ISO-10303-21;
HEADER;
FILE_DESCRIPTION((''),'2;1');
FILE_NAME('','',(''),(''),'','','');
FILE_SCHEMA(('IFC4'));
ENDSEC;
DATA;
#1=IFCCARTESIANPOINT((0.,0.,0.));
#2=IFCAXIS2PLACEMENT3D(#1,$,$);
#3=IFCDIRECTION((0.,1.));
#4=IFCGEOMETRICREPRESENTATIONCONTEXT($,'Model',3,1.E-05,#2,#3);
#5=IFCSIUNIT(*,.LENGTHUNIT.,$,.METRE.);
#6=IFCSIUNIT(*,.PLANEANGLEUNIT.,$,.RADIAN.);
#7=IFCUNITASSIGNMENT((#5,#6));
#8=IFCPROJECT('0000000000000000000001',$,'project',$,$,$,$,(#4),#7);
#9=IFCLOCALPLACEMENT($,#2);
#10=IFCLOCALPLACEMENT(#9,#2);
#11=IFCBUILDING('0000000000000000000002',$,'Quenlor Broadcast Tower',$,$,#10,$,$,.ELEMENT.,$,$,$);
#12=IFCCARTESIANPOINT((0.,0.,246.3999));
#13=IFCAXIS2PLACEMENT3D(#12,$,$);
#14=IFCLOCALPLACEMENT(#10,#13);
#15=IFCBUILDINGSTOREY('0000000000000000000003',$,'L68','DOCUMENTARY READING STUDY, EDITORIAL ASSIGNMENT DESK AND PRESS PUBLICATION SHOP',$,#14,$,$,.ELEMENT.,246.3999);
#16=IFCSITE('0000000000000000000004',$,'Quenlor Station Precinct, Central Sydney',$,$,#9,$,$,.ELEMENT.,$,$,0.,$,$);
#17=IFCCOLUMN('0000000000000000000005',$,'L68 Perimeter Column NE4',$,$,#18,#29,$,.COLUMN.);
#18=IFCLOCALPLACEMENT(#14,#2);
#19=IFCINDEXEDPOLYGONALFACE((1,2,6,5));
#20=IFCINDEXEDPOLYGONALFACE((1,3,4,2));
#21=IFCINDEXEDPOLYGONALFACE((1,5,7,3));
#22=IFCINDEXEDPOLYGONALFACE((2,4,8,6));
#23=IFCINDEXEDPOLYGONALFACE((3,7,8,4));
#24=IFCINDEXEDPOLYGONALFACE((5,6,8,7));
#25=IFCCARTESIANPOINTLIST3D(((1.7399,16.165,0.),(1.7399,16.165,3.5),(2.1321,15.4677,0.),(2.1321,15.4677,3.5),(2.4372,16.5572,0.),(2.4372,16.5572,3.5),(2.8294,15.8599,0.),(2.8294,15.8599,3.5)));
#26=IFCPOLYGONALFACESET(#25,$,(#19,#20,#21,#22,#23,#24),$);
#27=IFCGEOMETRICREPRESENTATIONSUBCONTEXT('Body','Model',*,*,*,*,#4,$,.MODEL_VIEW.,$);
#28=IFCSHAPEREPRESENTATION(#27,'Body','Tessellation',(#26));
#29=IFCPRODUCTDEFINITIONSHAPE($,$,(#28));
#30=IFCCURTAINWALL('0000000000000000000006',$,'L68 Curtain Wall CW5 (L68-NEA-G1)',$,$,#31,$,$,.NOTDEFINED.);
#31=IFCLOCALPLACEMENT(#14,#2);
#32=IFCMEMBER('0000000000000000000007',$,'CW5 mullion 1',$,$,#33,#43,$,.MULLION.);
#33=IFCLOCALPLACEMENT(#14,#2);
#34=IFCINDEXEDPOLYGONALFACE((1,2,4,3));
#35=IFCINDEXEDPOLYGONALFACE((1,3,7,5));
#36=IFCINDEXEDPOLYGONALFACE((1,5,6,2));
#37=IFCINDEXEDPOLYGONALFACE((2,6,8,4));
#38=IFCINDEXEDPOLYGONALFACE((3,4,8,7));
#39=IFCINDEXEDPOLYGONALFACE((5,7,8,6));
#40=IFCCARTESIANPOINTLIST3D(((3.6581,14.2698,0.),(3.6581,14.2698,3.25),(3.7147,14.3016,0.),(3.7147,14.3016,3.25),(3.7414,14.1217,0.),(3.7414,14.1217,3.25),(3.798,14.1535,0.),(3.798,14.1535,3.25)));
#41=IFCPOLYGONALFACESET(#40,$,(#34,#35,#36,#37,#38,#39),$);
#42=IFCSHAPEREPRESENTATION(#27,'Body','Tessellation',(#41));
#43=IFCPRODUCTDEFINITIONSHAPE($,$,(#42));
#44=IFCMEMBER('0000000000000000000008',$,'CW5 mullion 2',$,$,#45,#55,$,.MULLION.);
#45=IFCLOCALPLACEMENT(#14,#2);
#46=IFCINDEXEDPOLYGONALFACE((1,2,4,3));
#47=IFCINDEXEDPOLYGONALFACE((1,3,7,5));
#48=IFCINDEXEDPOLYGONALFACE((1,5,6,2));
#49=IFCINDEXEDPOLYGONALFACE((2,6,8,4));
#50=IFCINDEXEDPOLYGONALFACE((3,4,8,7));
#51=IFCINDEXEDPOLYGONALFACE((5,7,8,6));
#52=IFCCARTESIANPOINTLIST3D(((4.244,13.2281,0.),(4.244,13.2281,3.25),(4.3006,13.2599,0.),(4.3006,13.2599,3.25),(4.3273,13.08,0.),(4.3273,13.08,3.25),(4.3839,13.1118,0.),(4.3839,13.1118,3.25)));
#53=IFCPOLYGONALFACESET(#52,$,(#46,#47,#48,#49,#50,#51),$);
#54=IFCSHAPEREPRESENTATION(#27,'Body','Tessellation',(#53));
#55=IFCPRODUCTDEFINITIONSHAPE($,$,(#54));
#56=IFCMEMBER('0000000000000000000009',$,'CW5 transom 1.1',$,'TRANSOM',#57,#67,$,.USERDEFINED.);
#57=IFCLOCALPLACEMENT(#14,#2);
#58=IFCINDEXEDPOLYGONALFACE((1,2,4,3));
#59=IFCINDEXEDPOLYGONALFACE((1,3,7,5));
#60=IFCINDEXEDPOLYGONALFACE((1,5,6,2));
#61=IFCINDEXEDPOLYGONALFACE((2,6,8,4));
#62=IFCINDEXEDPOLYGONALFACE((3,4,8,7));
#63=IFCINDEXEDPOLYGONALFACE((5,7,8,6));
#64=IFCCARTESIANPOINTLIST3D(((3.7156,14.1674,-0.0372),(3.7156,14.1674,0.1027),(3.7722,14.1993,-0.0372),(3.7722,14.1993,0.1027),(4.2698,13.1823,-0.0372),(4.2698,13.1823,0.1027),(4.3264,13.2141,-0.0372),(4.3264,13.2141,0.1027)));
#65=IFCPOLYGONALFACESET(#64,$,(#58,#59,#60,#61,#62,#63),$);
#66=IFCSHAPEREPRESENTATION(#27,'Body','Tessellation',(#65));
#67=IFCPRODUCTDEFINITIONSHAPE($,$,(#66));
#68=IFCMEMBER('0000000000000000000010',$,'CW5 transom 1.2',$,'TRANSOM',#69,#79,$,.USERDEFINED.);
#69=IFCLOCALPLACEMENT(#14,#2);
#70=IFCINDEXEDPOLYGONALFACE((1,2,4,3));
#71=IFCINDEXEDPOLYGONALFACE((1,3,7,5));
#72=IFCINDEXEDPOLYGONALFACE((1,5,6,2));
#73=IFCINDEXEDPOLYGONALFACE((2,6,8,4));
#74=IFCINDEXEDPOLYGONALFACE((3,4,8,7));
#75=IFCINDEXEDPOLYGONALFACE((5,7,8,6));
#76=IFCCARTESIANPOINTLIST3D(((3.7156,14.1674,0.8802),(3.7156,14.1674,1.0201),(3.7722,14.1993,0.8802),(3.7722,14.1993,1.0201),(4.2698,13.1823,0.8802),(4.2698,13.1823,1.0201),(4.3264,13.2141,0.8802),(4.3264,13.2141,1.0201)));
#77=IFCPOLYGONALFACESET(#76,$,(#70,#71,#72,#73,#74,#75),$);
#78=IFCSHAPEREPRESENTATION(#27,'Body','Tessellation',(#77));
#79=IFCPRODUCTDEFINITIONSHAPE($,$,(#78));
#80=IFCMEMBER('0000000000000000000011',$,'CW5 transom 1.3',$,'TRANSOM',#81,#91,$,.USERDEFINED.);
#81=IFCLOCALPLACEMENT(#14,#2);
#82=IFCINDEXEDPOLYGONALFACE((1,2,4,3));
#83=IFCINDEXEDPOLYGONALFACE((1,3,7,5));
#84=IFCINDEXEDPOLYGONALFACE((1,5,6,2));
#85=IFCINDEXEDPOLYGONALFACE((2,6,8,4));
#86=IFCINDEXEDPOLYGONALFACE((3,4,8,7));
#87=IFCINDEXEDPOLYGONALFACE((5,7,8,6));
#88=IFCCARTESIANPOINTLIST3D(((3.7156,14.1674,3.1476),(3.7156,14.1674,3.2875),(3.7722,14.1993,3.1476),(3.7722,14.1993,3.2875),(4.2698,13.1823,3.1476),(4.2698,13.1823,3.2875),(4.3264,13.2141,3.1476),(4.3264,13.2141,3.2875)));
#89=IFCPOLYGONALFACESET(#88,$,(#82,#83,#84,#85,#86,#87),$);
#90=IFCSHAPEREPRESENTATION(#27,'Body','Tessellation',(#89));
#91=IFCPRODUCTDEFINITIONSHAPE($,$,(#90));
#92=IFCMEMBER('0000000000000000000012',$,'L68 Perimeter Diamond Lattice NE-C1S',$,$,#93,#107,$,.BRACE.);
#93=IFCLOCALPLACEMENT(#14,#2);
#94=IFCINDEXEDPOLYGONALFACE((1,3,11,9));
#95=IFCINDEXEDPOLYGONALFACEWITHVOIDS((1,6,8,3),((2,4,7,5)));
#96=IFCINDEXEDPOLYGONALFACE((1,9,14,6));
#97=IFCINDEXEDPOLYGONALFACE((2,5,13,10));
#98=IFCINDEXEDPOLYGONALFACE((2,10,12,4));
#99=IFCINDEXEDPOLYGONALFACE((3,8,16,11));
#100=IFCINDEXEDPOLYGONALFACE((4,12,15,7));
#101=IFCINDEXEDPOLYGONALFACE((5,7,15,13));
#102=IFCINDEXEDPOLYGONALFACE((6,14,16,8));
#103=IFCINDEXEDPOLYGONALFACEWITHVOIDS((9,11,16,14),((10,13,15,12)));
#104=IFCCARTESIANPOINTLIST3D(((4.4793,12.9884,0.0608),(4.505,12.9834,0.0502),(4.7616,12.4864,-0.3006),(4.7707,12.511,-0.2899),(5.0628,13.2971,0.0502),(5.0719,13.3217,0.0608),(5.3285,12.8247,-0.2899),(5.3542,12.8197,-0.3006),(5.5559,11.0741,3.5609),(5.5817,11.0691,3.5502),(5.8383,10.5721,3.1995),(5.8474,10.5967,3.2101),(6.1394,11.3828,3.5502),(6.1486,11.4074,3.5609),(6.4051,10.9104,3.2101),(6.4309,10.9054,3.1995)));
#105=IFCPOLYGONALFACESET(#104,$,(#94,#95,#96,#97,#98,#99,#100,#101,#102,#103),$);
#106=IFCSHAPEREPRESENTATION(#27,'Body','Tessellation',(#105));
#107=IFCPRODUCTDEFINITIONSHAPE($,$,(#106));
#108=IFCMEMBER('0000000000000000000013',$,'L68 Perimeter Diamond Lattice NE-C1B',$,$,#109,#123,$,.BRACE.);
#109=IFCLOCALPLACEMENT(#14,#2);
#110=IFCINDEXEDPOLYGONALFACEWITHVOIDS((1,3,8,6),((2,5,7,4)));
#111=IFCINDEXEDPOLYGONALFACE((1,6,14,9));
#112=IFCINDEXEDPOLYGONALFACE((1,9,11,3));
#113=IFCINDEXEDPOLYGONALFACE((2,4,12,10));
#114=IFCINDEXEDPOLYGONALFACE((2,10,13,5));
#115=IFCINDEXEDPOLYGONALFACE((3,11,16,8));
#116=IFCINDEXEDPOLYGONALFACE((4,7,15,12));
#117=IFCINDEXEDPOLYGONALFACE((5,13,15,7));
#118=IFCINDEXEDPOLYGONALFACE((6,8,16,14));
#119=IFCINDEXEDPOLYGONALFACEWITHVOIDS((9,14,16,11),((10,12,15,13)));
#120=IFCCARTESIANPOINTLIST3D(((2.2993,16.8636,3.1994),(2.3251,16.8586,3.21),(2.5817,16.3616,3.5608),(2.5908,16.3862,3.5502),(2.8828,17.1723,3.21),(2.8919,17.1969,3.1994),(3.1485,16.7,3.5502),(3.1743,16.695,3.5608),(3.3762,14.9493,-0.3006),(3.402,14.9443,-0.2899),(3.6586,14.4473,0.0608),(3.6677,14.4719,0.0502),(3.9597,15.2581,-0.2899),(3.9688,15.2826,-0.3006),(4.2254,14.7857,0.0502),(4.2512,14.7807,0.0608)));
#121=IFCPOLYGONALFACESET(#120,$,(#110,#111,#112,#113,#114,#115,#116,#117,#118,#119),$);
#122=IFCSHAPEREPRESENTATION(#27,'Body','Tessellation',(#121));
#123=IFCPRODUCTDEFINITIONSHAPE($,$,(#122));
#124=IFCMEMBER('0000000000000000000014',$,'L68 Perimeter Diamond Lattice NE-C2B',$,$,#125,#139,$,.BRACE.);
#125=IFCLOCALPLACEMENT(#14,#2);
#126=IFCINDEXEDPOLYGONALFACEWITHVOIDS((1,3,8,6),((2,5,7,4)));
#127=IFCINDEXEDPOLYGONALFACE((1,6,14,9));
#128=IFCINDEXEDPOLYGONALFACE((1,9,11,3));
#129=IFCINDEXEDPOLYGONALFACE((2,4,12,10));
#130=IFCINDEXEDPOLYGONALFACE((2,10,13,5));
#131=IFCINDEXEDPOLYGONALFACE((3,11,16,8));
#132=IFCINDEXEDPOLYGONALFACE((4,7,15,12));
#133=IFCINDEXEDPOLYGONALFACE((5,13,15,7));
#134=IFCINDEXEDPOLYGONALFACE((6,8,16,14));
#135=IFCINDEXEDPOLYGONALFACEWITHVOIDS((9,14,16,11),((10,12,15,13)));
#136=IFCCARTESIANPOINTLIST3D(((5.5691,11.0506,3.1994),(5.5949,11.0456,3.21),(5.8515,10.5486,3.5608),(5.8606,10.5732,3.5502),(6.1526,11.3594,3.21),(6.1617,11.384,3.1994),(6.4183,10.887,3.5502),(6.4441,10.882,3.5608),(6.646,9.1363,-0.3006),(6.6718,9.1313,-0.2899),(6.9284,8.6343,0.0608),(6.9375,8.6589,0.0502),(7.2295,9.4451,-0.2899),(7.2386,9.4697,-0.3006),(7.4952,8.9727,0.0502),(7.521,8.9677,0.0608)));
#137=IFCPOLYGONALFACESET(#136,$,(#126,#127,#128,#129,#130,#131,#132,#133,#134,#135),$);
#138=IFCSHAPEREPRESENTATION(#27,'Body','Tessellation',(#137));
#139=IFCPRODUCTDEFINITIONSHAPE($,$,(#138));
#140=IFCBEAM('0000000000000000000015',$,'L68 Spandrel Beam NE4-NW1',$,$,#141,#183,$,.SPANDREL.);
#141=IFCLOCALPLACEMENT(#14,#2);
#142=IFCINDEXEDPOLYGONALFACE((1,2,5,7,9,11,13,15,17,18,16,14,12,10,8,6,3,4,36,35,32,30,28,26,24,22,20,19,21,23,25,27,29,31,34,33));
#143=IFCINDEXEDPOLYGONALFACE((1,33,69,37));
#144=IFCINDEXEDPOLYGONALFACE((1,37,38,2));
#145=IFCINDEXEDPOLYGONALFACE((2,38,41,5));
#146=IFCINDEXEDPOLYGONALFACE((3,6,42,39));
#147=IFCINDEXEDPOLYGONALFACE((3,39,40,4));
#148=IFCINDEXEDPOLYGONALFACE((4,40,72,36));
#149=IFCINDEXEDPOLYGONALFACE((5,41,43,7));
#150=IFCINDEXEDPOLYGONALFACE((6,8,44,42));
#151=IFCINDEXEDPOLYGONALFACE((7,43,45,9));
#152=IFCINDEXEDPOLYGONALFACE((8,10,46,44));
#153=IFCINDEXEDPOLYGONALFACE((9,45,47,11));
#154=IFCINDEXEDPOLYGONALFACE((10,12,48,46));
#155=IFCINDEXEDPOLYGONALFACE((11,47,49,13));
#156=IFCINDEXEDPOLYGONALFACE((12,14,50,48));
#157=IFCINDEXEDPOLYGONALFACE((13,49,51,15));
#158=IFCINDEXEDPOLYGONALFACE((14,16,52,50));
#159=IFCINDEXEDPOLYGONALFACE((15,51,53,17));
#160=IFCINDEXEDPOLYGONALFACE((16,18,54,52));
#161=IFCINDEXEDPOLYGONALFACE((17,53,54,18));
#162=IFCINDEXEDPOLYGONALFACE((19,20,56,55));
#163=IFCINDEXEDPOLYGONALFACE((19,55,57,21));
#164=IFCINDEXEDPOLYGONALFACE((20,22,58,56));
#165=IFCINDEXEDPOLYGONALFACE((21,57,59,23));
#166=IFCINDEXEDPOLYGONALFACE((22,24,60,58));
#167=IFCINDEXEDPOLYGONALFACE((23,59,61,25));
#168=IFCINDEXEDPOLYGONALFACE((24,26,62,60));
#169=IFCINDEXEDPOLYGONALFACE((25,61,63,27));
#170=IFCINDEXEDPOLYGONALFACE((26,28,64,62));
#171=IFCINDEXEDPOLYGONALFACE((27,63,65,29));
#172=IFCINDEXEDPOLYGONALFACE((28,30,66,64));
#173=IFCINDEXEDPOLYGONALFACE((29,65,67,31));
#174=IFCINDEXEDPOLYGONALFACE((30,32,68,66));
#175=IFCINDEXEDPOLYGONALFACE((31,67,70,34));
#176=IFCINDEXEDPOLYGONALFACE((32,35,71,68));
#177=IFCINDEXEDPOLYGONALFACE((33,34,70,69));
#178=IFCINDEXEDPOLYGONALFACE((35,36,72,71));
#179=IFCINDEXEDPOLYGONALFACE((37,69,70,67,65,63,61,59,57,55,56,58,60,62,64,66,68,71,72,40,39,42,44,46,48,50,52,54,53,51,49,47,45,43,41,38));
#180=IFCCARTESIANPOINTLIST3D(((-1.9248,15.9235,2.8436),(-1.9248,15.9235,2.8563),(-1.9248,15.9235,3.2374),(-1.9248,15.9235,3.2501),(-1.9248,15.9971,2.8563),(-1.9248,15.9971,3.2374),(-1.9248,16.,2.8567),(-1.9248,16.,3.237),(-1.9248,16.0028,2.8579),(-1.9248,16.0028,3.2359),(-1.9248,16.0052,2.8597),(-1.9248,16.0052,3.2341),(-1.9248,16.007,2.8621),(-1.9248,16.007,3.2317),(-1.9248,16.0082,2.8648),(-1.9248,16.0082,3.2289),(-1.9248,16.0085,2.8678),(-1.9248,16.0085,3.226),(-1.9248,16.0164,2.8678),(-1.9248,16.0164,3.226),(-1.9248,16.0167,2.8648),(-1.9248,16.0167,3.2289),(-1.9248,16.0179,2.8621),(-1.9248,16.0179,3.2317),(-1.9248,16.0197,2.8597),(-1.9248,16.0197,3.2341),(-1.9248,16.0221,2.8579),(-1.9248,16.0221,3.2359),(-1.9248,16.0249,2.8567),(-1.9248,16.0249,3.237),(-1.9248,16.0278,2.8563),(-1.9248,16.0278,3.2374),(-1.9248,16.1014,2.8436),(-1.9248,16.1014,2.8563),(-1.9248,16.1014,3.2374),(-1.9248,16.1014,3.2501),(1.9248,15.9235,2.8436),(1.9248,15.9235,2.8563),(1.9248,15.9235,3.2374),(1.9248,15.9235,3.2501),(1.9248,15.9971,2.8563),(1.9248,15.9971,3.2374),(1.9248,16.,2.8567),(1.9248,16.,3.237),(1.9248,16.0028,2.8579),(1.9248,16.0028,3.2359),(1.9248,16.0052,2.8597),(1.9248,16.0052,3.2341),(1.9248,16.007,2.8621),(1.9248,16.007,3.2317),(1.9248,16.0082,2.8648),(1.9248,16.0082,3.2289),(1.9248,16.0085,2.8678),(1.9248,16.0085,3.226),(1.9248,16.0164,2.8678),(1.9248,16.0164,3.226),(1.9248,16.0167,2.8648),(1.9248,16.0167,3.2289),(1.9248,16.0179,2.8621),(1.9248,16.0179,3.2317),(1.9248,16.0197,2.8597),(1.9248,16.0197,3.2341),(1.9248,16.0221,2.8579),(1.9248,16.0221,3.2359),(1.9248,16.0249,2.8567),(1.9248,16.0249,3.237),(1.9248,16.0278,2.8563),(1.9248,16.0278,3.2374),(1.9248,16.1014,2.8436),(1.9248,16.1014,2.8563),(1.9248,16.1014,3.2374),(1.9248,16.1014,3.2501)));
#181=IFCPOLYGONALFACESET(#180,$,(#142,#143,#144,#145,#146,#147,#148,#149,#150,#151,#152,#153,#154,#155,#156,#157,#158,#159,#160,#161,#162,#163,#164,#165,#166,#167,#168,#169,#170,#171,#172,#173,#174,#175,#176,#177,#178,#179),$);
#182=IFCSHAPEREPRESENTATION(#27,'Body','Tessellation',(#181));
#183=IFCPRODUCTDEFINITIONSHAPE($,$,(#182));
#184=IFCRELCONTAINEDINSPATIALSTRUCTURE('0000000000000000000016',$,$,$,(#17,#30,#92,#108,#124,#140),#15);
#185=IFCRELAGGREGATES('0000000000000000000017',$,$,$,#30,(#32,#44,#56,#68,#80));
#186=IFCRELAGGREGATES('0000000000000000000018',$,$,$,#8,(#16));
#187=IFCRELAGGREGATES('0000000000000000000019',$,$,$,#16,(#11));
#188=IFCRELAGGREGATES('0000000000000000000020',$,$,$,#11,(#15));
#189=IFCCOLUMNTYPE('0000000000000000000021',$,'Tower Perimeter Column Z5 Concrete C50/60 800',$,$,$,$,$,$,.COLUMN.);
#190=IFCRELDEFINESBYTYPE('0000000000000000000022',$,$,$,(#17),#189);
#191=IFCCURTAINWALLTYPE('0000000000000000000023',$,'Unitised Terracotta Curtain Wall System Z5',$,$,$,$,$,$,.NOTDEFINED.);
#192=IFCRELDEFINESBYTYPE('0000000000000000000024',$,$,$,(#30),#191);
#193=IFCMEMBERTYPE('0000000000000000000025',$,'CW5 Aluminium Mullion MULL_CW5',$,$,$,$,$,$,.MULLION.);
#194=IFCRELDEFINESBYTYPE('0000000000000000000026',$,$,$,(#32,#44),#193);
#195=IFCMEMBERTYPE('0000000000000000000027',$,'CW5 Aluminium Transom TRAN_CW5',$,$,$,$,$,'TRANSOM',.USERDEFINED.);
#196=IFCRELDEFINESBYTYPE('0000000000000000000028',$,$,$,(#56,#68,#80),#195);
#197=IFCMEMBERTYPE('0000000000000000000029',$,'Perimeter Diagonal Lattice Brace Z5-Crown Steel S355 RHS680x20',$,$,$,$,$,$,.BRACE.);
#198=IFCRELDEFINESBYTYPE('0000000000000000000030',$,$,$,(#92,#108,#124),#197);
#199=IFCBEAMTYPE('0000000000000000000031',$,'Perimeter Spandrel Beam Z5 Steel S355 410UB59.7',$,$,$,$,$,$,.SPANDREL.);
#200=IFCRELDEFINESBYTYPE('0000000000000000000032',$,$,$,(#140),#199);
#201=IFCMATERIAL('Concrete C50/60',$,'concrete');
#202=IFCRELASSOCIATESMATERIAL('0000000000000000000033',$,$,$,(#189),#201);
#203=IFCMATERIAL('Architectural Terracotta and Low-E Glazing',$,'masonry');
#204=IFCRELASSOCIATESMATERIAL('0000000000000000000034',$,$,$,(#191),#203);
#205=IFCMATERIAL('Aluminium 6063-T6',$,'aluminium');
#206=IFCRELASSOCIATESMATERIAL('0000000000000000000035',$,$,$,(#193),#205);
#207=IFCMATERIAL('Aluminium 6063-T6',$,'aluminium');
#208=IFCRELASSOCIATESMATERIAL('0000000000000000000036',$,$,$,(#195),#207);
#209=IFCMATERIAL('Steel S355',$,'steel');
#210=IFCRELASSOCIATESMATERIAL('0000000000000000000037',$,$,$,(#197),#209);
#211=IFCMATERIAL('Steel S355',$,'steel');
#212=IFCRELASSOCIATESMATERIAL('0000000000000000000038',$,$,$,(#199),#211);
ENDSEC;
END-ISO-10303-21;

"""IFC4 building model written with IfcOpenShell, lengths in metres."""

from ifc_helpers import new_model, si_unit, direction, frame, origin, origin_2d, place, context, subcontext, project, spatial, rectangle, hollow_rectangle, i_section, extrude, material, material_profile, profile_set, type_object, element, aggregate, save


model = new_model("IFC4")

# Units and contexts
model_context = context("Model", 3, precision=1e-05, world=origin(), true_north=direction((0.0, 1.0)))
body_context = subcontext(model_context, "Body", "Model", "MODEL_VIEW")
ifc_project = project(units=[si_unit("LENGTHUNIT", "METRE"), si_unit("PLANEANGLEUNIT", "RADIAN")], contexts=[model_context])

# Site, building, storey
site_placement = place(None, origin())
site = spatial("IfcSite", under=ifc_project, at=site_placement, Name="Quenlor Station Precinct, Central Sydney", CompositionType="ELEMENT", RefElevation=0.0)
building_placement = place(site_placement, origin())
building = spatial("IfcBuilding", under=site, at=building_placement, Name="Quenlor Broadcast Tower", CompositionType="ELEMENT")
storey_placement = place(building_placement, frame((0.0, 0.0, 246.3999)))
storey = spatial("IfcBuildingStorey", under=building, at=storey_placement, Name="L68", Description="DOCUMENTARY READING STUDY, EDITORIAL ASSIGNMENT DESK AND PRESS PUBLICATION SHOP", CompositionType="ELEMENT", Elevation=246.3999)

# Column
ifc_material_1 = material(Name="Concrete C50/60", Category="concrete")
ifc_material_profile_1 = material_profile(ifc_material_1, rectangle(XDim=0.8, YDim=0.8, at=origin_2d()))
ifc_profile_set_1 = profile_set([ifc_material_profile_1], Name="Concrete C50/60 RC800x800")
column_type = type_object("IfcColumnType", Name="Tower Perimeter Column Z5 Concrete C50/60 800", PredefinedType="COLUMN", material=ifc_profile_set_1)
column_placement = place(storey_placement, frame((2.2847, 16.0125, 0.0), z_axis=(0.0, 0.0, 1.0), x_axis=(0.871575, 0.490262, 0.0)))
element("IfcColumn", 1, at=column_placement, inside=storey, type_object=column_type, Name="L68 Perimeter Column NE4", PredefinedType="COLUMN", context=body_context, shape_type="SweptSolid", body=[
    extrude(rectangle(XDim=0.8, YDim=0.8, at=origin_2d()), origin(), (0.0, 0.0, 1.0), 3.5),
])

# Curtain wall, members
ifc_material_2 = material(Name="Architectural Terracotta and Low-E Glazing", Category="masonry")
curtain_wall_type = type_object("IfcCurtainWallType", Name="Unitised Terracotta Curtain Wall System Z5", PredefinedType="NOTDEFINED", material=ifc_material_2)
curtain_wall_placement = place(storey_placement, origin())
curtain_wall = element("IfcCurtainWall", 2, at=curtain_wall_placement, inside=storey, type_object=curtain_wall_type, Name="L68 Curtain Wall CW5 (L68-NEA-G1)", PredefinedType="NOTDEFINED")
ifc_material_3 = material(Name="Aluminium 6063-T6", Category="aluminium")
ifc_material_profile_2 = material_profile(ifc_material_3, rectangle(XDim=0.0649, YDim=0.1699, at=origin_2d()))
ifc_profile_set_2 = profile_set([ifc_material_profile_2], Name="Aluminium 6063-T6 MULL65x170")
member_type_1 = type_object("IfcMemberType", Name="CW5 Aluminium Mullion MULL_CW5", PredefinedType="MULLION", material=ifc_profile_set_2)
member_1_placement = place(storey_placement, frame((3.728, 14.2117, 0.0), z_axis=(0.0, 0.0, 1.0), x_axis=(0.871559, 0.490291, 0.0)))
member_1 = element("IfcMember", 3, at=member_1_placement, type_object=member_type_1, Name="CW5 mullion 1", PredefinedType="MULLION", context=body_context, shape_type="SweptSolid", body=[
    extrude(rectangle(XDim=0.0649, YDim=0.1699, at=origin_2d()), origin(), (0.0, 0.0, 1.0), 3.25),
])
member_2_placement = place(storey_placement, frame((4.314, 13.1699, 0.0), z_axis=(0.0, 0.0, 1.0), x_axis=(0.871559, 0.490291, 0.0)))
member_2 = element("IfcMember", 4, at=member_2_placement, type_object=member_type_1, Name="CW5 mullion 2", PredefinedType="MULLION", context=body_context, shape_type="SweptSolid", body=[
    extrude(rectangle(XDim=0.0649, YDim=0.1699, at=origin_2d()), origin(), (0.0, 0.0, 1.0), 3.25),
])
ifc_material_4 = material(Name="Aluminium 6063-T6", Category="aluminium")
ifc_material_profile_3 = material_profile(ifc_material_4, rectangle(XDim=0.0649, YDim=0.1399, at=origin_2d()))
ifc_profile_set_3 = profile_set([ifc_material_profile_3], Name="Aluminium 6063-T6 TRAN65x140")
member_type_2 = type_object("IfcMemberType", Name="CW5 Aluminium Transom TRAN_CW5", ElementType="TRANSOM", PredefinedType="USERDEFINED", material=ifc_profile_set_3)
member_3_placement = place(storey_placement, frame((3.7439, 14.1833, 0.0327), z_axis=(0.490313, -0.871547, 0.0), x_axis=(0.871547, 0.490313, 0.0)))
member_3 = element("IfcMember", 5, at=member_3_placement, type_object=member_type_2, Name="CW5 transom 1.1", ObjectType="TRANSOM", PredefinedType="USERDEFINED", context=body_context, shape_type="SweptSolid", body=[
    extrude(rectangle(XDim=0.0649, YDim=0.1399, at=origin_2d()), origin(), (0.0, 0.0, 1.0), 1.1304),
])
member_4_placement = place(storey_placement, frame((3.7439, 14.1833, 0.9502), z_axis=(0.490313, -0.871547, 0.0), x_axis=(0.871547, 0.490313, 0.0)))
member_4 = element("IfcMember", 6, at=member_4_placement, type_object=member_type_2, Name="CW5 transom 1.2", ObjectType="TRANSOM", PredefinedType="USERDEFINED", context=body_context, shape_type="SweptSolid", body=[
    extrude(rectangle(XDim=0.0649, YDim=0.1399, at=origin_2d()), origin(), (0.0, 0.0, 1.0), 1.1304),
])
member_5_placement = place(storey_placement, frame((3.7439, 14.1833, 3.2175), z_axis=(0.490313, -0.871547, 0.0), x_axis=(0.871547, 0.490313, 0.0)))
member_5 = element("IfcMember", 7, at=member_5_placement, type_object=member_type_2, Name="CW5 transom 1.3", ObjectType="TRANSOM", PredefinedType="USERDEFINED", context=body_context, shape_type="SweptSolid", body=[
    extrude(rectangle(XDim=0.0649, YDim=0.1399, at=origin_2d()), origin(), (0.0, 0.0, 1.0), 1.1304),
])

# Members
ifc_material_5 = material(Name="Steel S355", Category="steel")
ifc_material_profile_4 = material_profile(ifc_material_5, hollow_rectangle(XDim=0.6799, YDim=0.6799, WallThickness=0.02, at=origin_2d()))
ifc_profile_set_4 = profile_set([ifc_material_profile_4], Name="Steel S355 RHS680x680x20")
member_type_3 = type_object("IfcMemberType", Name="Perimeter Diagonal Lattice Brace Z5-Crown Steel S355 RHS680x20", PredefinedType="BRACE", material=ifc_profile_set_4)
for number, where, z_axis, x_axis, name in (
    (8, (4.9167, 12.9041, -0.1199), (0.260564, -0.463283, 0.847039), (0.871602, 0.490214, 0.0), "L68 Perimeter Diamond Lattice NE-C1S"),
    (9, (3.8137, 14.865, -0.1199), (-0.260619, 0.463276, 0.847026), (-0.871555, -0.490298, 0.0), "L68 Perimeter Diamond Lattice NE-C1B"),
    (10, (7.0835, 9.052, -0.1199), (-0.260619, 0.463276, 0.847026), (-0.871555, -0.490298, 0.0), "L68 Perimeter Diamond Lattice NE-C2B"),
):
    element("IfcMember", number, at=place(storey_placement, frame(where, z_axis=z_axis, x_axis=x_axis)), inside=storey, type_object=member_type_3, Name=name, PredefinedType="BRACE", context=body_context, shape_type="SweptSolid", body=[
        extrude(hollow_rectangle(XDim=0.6799, YDim=0.6799, WallThickness=0.02, at=origin_2d()), origin(), (0.0, 0.0, 1.0), 4.1321),
    ])

# Beam
ifc_material_6 = material(Name="Steel S355", Category="steel")
ifc_material_profile_5 = material_profile(ifc_material_6, i_section(OverallWidth=0.178, OverallDepth=0.4065, WebThickness=0.0078, FlangeThickness=0.0127, FilletRadius=0.0115, at=origin_2d()))
ifc_profile_set_5 = profile_set([ifc_material_profile_5], Name="Steel S355 410UB59.7")
beam_type_1 = type_object("IfcBeamType", Name="Perimeter Spandrel Beam Z5 Steel S355 410UB59.7", PredefinedType="SPANDREL", material=ifc_profile_set_5)
beam_1_placement = place(storey_placement, frame((1.9248, 16.0125, 3.0469), z_axis=(-1.0, 0.0, 0.0), x_axis=(0.0, -1.0, 0.0)))
element("IfcBeam", 11, at=beam_1_placement, inside=storey, type_object=beam_type_1, Name="L68 Spandrel Beam NE4-NW1", PredefinedType="SPANDREL", context=body_context, shape_type="SweptSolid", body=[
    extrude(i_section(OverallWidth=0.178, OverallDepth=0.4065, WebThickness=0.0078, FlangeThickness=0.0127, FilletRadius=0.0115, at=origin_2d()), origin(), (0.0, 0.0, 1.0), 3.8496),
])

aggregate(curtain_wall, [member_1, member_2, member_3, member_4, member_5])

save(model, "model.ifc")
